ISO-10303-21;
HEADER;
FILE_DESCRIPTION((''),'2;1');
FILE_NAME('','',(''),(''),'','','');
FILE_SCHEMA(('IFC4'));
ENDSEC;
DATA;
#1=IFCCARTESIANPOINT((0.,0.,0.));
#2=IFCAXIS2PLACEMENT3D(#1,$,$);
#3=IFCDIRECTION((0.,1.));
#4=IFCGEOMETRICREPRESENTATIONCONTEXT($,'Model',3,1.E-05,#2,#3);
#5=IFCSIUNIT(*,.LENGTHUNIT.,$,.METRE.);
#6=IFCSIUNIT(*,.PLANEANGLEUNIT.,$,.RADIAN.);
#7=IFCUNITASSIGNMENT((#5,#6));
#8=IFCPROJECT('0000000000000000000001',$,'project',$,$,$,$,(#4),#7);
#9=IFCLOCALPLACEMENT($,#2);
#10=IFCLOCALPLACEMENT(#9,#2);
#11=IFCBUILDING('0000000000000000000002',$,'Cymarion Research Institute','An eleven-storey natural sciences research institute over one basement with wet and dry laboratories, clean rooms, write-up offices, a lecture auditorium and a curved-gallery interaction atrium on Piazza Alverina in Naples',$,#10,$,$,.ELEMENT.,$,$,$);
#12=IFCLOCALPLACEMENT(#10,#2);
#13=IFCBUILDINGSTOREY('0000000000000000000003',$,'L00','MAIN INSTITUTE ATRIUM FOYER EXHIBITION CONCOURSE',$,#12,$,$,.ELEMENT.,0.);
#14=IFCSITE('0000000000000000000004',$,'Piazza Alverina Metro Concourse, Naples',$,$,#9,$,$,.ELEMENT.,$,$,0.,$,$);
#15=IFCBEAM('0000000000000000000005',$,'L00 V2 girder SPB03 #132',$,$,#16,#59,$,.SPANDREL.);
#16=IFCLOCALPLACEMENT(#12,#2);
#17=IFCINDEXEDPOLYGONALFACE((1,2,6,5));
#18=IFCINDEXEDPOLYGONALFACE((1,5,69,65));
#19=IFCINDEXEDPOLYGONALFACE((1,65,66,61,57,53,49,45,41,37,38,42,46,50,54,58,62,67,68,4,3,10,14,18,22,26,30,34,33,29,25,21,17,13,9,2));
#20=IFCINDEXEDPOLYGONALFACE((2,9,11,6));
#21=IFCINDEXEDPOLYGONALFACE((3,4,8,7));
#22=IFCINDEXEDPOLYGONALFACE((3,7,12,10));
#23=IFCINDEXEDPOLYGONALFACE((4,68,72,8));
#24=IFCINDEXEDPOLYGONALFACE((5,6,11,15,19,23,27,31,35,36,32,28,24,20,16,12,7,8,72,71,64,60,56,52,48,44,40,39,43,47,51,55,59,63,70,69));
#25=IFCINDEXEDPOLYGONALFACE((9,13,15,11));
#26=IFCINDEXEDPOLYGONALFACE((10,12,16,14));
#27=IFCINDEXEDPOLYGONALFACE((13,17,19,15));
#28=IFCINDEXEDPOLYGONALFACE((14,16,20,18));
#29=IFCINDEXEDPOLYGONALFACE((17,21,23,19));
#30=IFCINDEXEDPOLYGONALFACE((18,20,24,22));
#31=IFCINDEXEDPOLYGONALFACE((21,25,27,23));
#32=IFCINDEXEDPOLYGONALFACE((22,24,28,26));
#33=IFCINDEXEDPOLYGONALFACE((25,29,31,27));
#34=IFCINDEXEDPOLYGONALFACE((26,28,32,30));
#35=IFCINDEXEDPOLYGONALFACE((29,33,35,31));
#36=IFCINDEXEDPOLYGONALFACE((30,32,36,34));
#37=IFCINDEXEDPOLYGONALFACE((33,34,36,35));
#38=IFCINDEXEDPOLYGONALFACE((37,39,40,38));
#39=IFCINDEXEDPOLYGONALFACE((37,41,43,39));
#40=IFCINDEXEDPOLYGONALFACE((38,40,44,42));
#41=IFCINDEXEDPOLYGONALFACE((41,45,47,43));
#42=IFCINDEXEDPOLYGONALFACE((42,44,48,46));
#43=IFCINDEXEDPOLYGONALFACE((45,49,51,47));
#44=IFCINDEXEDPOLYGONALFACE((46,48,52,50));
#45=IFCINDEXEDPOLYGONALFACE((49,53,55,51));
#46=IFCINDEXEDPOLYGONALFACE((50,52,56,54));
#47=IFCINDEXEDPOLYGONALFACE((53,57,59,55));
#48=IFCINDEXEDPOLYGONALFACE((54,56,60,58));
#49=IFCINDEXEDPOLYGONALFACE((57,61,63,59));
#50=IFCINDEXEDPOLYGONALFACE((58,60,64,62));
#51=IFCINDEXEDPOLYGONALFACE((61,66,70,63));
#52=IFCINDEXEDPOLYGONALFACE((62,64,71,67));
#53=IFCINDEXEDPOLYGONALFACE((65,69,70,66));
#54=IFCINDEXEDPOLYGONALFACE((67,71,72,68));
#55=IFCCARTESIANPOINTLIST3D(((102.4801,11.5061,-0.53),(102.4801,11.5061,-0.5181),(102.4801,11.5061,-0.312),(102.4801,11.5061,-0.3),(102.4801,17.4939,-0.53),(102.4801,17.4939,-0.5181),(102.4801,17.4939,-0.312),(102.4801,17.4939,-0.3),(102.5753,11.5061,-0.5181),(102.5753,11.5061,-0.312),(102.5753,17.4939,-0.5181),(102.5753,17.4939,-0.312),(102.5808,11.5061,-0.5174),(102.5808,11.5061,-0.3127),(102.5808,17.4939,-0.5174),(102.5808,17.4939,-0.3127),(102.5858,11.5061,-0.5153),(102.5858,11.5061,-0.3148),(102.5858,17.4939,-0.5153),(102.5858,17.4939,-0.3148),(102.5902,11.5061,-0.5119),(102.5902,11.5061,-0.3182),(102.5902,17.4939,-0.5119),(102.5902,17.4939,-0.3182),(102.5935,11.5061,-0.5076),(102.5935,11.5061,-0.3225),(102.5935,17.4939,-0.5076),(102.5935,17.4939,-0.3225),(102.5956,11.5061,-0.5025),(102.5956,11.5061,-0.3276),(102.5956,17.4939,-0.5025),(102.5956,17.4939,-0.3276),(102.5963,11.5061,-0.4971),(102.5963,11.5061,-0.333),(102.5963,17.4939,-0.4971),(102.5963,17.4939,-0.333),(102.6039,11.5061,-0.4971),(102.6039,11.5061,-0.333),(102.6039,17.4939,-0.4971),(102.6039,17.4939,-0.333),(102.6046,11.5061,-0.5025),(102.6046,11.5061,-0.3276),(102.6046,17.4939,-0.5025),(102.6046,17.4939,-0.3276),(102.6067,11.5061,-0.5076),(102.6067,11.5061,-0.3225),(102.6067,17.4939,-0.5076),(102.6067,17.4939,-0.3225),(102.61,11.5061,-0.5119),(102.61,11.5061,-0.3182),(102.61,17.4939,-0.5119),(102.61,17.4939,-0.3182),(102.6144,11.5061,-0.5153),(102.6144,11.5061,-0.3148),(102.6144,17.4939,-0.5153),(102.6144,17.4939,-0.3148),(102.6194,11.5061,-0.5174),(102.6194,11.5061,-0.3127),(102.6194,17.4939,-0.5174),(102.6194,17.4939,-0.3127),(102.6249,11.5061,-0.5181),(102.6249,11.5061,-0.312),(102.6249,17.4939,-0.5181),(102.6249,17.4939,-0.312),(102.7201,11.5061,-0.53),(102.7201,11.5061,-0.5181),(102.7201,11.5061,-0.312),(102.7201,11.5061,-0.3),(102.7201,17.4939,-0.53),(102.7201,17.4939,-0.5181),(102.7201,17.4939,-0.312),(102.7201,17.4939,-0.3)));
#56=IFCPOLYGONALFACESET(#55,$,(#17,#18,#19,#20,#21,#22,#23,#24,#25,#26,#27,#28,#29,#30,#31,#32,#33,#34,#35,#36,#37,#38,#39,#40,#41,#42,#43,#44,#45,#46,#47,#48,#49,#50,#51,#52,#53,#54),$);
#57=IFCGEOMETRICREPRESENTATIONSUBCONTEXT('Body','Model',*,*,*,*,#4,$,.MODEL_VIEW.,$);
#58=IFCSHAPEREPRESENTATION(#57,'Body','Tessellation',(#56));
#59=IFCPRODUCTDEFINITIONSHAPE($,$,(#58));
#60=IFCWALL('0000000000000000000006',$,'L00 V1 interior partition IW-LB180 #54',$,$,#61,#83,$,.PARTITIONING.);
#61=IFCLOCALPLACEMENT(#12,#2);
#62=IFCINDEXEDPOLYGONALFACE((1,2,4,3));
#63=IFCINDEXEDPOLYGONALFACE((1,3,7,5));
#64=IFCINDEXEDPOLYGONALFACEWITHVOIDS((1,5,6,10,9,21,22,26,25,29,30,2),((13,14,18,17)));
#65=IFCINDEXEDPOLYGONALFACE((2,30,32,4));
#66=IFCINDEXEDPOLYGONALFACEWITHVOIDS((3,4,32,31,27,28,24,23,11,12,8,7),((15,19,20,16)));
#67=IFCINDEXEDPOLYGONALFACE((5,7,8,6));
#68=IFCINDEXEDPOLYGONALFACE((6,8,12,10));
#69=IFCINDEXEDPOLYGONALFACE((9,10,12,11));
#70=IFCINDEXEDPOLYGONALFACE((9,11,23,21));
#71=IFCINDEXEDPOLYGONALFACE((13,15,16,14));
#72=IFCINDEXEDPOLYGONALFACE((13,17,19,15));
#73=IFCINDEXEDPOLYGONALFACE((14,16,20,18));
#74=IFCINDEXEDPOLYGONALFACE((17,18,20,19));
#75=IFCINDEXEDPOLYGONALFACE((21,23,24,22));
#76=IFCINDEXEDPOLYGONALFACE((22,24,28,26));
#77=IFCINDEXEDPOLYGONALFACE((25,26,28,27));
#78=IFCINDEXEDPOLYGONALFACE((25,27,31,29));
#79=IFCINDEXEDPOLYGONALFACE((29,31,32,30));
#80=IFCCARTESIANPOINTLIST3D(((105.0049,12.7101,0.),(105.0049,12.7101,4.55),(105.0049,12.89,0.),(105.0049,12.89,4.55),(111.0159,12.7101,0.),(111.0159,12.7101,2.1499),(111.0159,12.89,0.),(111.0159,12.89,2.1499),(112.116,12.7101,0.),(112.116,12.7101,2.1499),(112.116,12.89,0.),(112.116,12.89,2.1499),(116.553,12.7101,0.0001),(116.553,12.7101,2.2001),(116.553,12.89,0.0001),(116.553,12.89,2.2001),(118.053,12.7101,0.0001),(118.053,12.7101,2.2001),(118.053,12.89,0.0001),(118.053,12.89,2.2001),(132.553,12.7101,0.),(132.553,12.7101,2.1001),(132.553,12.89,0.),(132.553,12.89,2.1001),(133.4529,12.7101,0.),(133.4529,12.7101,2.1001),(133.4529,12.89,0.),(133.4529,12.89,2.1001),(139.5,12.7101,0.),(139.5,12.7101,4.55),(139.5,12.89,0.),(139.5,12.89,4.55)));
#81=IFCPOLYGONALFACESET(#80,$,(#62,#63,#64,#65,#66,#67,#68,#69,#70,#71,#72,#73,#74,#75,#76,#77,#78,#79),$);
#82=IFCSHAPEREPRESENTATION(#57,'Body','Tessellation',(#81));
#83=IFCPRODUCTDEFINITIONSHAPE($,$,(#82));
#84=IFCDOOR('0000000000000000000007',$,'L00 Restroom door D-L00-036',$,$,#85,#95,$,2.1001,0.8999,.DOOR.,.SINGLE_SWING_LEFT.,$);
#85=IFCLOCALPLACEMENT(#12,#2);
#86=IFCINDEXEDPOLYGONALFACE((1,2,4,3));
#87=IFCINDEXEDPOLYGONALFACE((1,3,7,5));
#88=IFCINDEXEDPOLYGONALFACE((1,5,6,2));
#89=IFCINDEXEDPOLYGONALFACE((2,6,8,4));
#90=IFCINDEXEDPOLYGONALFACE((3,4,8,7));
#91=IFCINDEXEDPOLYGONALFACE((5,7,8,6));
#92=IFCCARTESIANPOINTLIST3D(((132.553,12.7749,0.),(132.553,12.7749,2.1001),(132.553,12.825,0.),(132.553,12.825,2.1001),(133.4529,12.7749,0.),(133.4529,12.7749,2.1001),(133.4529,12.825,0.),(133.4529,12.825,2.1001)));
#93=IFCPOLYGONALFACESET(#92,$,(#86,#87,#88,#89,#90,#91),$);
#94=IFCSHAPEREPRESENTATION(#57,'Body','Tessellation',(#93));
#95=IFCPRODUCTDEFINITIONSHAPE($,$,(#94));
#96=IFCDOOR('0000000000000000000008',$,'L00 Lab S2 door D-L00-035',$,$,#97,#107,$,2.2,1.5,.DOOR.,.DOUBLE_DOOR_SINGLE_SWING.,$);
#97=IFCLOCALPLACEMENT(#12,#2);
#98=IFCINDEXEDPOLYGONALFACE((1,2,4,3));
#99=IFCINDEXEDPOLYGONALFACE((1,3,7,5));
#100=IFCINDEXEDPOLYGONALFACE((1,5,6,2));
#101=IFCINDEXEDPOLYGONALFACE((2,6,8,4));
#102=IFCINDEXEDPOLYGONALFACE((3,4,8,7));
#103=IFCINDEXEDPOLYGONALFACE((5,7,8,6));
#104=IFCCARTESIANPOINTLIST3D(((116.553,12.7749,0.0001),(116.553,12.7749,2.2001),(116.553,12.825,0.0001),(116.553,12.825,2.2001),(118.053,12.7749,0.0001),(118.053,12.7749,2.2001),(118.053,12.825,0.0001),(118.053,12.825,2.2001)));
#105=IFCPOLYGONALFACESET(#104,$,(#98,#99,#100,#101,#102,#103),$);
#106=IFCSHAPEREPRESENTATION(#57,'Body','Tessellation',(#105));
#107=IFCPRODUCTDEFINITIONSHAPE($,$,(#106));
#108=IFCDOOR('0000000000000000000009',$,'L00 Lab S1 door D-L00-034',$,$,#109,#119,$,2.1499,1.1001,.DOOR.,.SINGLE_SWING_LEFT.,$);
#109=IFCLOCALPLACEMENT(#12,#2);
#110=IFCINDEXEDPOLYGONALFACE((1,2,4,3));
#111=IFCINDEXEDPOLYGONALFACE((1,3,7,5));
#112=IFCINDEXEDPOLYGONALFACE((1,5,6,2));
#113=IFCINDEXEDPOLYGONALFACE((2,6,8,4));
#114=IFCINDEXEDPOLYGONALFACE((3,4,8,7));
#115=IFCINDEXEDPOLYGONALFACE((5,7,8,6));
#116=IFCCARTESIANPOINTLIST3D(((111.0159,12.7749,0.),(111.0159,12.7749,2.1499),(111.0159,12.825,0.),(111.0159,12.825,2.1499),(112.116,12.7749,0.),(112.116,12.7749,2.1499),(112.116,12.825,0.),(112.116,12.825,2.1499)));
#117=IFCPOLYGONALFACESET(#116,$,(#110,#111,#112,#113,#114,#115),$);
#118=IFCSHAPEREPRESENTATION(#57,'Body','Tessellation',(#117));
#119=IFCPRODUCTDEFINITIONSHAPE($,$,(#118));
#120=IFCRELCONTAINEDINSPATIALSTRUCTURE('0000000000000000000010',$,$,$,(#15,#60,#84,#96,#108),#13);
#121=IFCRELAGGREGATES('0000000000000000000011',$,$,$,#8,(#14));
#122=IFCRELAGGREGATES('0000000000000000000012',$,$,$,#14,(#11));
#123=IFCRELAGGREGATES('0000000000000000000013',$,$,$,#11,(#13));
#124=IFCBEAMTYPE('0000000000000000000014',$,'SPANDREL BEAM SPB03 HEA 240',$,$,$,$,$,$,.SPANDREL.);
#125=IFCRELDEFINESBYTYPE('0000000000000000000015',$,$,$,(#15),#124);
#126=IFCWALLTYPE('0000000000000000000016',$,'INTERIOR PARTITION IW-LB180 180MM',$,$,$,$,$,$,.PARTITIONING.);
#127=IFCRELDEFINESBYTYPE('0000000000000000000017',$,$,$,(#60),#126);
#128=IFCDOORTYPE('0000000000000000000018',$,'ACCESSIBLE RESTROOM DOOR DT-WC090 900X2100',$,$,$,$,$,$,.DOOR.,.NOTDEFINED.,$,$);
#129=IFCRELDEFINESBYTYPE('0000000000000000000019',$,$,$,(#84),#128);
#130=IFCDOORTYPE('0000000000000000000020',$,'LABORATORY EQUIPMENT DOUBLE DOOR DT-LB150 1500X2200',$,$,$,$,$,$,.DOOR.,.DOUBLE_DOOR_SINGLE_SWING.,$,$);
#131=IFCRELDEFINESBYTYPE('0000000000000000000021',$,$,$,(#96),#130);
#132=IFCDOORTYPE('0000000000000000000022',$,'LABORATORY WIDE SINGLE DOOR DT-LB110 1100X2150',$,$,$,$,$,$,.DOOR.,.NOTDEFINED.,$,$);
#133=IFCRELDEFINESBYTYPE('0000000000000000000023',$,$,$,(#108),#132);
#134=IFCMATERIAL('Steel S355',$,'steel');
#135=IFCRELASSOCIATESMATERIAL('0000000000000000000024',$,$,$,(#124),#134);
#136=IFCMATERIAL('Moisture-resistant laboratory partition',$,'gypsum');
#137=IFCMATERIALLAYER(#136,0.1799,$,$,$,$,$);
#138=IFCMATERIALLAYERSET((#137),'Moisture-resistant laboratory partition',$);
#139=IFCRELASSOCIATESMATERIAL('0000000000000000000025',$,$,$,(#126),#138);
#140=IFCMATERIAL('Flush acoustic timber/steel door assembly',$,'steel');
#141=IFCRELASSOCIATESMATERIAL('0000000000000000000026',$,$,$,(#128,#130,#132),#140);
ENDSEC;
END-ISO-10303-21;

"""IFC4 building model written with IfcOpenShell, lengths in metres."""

from ifc_helpers import new_model, si_unit, direction, frame, frame_2d, origin, origin_2d, place, context, subcontext, project, spatial, rectangle, i_section, extrude, material, layer, layer_set, material_profile, profile_set, type_object, element, fill, save


model = new_model("IFC4")

# Units and contexts
model_context = context("Model", 3, precision=1e-05, world=origin(), true_north=direction((0.0, 1.0)))
body_context = subcontext(model_context, "Body", "Model", "MODEL_VIEW")
ifc_project = project(units=[si_unit("LENGTHUNIT", "METRE"), si_unit("PLANEANGLEUNIT", "RADIAN")], contexts=[model_context])

# Site, building, storey
site_placement = place(None, origin())
site = spatial("IfcSite", under=ifc_project, at=site_placement, Name="Piazza Alverina Metro Concourse, Naples", CompositionType="ELEMENT", RefElevation=0.0)
building_placement = place(site_placement, origin())
building = spatial("IfcBuilding", under=site, at=building_placement, Name="Cymarion Research Institute", Description="An eleven-storey natural sciences research institute over one basement with wet and dry laboratories, clean rooms, write-up offices, a lecture auditorium and a curved-gallery interaction atrium on Piazza Alverina in Naples", CompositionType="ELEMENT")
storey_placement = place(building_placement, origin())
storey = spatial("IfcBuildingStorey", under=building, at=storey_placement, Name="L00", Description="MAIN INSTITUTE ATRIUM FOYER EXHIBITION CONCOURSE", CompositionType="ELEMENT", Elevation=0.0)

# Shared definitions
ifc_material_1 = material(Name="Steel S355", Category="steel")

# Beam
ifc_material_profile_1 = material_profile(ifc_material_1, i_section(OverallWidth=0.24, OverallDepth=0.23, WebThickness=0.0076, FlangeThickness=0.012, FilletRadius=0.021, at=origin_2d()), Name="HEA 240")
ifc_profile_set_1 = profile_set([ifc_material_profile_1], Name="Steel S355")
beam_type_1 = type_object("IfcBeamType", Name="SPANDREL BEAM SPB03 HEA 240", PredefinedType="SPANDREL", material=ifc_profile_set_1)
for number, where, z_axis, x_axis, name in (
    (1, (102.6001, 11.5061, -0.415), (0.0, 1.0, 0.0), (-1.0, 0.0, 0.0), "L00 V2 girder SPB03 #132"),
):
    element("IfcBeam", number, at=place(storey_placement, frame(where, z_axis=z_axis, x_axis=x_axis)), inside=storey, type_object=beam_type_1, Name=name, PredefinedType="SPANDREL", context=body_context, shape_type="SweptSolid", body=[
        extrude(i_section(OverallWidth=0.24, OverallDepth=0.23, WebThickness=0.0076, FlangeThickness=0.012, FilletRadius=0.021, at=origin_2d()), origin(), (0.0, 0.0, 1.0), 5.9878),
    ])

# Wall, openings, doors
ifc_material_2 = material(Name="Moisture-resistant laboratory partition", Category="gypsum")
ifc_layer = layer(ifc_material_2, 0.1799)
ifc_layer_set = layer_set([ifc_layer], Name="Moisture-resistant laboratory partition")
wall_type = type_object("IfcWallType", Name="INTERIOR PARTITION IW-LB180 180MM", PredefinedType="PARTITIONING", material=ifc_layer_set)
wall_1_placement = place(storey_placement, frame((105.0049, 12.8, 0.0), z_axis=(0.0, 0.0, 1.0), x_axis=(1.0, 0.0, 0.0)))
wall_1 = element("IfcWall", 2, at=wall_1_placement, inside=storey, type_object=wall_type, Name="L00 V1 interior partition IW-LB180 #54", PredefinedType="PARTITIONING", context=body_context, shape_type="SweptSolid", body=[
    extrude(rectangle(XDim=34.4951, YDim=0.1799, at=frame_2d((17.2476, 0.0))), origin(), (0.0, 0.0, 1.0), 4.55),
])
opening_1_placement = place(wall_1_placement, frame((6.011, 0.0, 0.0)))
opening_1 = element("IfcOpeningElement", 3, at=opening_1_placement, cuts=wall_1, PredefinedType="OPENING", context=body_context, shape_type="SweptSolid", body=[
    extrude(rectangle(XDim=1.1001, YDim=2.1499, at=frame_2d((0.55, 1.075))), frame((0.0, 0.0999, 0.0), z_axis=(0.0, -1.0, 0.0), x_axis=(1.0, 0.0, 0.0)), (0.0, 0.0, 1.0), 0.2),
])
opening_2_placement = place(wall_1_placement, frame((11.5481, 0.0, 0.0)))
opening_2 = element("IfcOpeningElement", 4, at=opening_2_placement, cuts=wall_1, PredefinedType="OPENING", context=body_context, shape_type="SweptSolid", body=[
    extrude(rectangle(XDim=1.5, YDim=2.2, at=frame_2d((0.75, 1.1001))), frame((0.0, 0.0999, 0.0), z_axis=(0.0, -1.0, 0.0), x_axis=(1.0, 0.0, 0.0)), (0.0, 0.0, 1.0), 0.2),
])
opening_3_placement = place(wall_1_placement, frame((27.5481, 0.0, 0.0)))
opening_3 = element("IfcOpeningElement", 5, at=opening_3_placement, cuts=wall_1, PredefinedType="OPENING", context=body_context, shape_type="SweptSolid", body=[
    extrude(rectangle(XDim=0.8999, YDim=2.1001, at=frame_2d((0.45, 1.05))), frame((0.0, 0.0999, 0.0), z_axis=(0.0, -1.0, 0.0), x_axis=(1.0, 0.0, 0.0)), (0.0, 0.0, 1.0), 0.2),
])
ifc_material_3 = material(Name="Flush acoustic timber/steel door assembly", Category="steel")
door_type_1 = type_object("IfcDoorType", Name="ACCESSIBLE RESTROOM DOOR DT-WC090 900X2100", OperationType="NOTDEFINED", PredefinedType="DOOR", material=ifc_material_3)
door_1_placement = place(opening_3_placement, origin())
door_1 = element("IfcDoor", 6, at=door_1_placement, inside=storey, type_object=door_type_1, Name="L00 Restroom door D-L00-036", OperationType="SINGLE_SWING_LEFT", OverallHeight=2.1001, OverallWidth=0.8999, PredefinedType="DOOR", context=body_context, shape_type="SweptSolid", body=[
    extrude(rectangle(XDim=0.8999, YDim=2.1001, at=frame_2d((0.45, 1.05))), frame((0.0, 0.0249, 0.0), z_axis=(0.0, -1.0, 0.0), x_axis=(1.0, 0.0, 0.0)), (0.0, 0.0, 1.0), 0.05),
])
fill(opening_3, door_1)
door_type_2 = type_object("IfcDoorType", Name="LABORATORY EQUIPMENT DOUBLE DOOR DT-LB150 1500X2200", OperationType="DOUBLE_DOOR_SINGLE_SWING", PredefinedType="DOOR", material=ifc_material_3)
door_2_placement = place(opening_2_placement, origin())
door_2 = element("IfcDoor", 7, at=door_2_placement, inside=storey, type_object=door_type_2, Name="L00 Lab S2 door D-L00-035", OperationType="DOUBLE_DOOR_SINGLE_SWING", OverallHeight=2.2, OverallWidth=1.5, PredefinedType="DOOR", context=body_context, shape_type="SweptSolid", body=[
    extrude(rectangle(XDim=1.5, YDim=2.2, at=frame_2d((0.75, 1.1001))), frame((0.0, 0.0249, 0.0), z_axis=(0.0, -1.0, 0.0), x_axis=(1.0, 0.0, 0.0)), (0.0, 0.0, 1.0), 0.05),
])
fill(opening_2, door_2)
door_type_3 = type_object("IfcDoorType", Name="LABORATORY WIDE SINGLE DOOR DT-LB110 1100X2150", OperationType="NOTDEFINED", PredefinedType="DOOR", material=ifc_material_3)
door_3_placement = place(opening_1_placement, origin())
door_3 = element("IfcDoor", 8, at=door_3_placement, inside=storey, type_object=door_type_3, Name="L00 Lab S1 door D-L00-034", OperationType="SINGLE_SWING_LEFT", OverallHeight=2.1499, OverallWidth=1.1001, PredefinedType="DOOR", context=body_context, shape_type="SweptSolid", body=[
    extrude(rectangle(XDim=1.1001, YDim=2.1499, at=frame_2d((0.55, 1.075))), frame((0.0, 0.0249, 0.0), z_axis=(0.0, -1.0, 0.0), x_axis=(1.0, 0.0, 0.0)), (0.0, 0.0, 1.0), 0.05),
])
fill(opening_1, door_3)

save(model, "model.ifc")
